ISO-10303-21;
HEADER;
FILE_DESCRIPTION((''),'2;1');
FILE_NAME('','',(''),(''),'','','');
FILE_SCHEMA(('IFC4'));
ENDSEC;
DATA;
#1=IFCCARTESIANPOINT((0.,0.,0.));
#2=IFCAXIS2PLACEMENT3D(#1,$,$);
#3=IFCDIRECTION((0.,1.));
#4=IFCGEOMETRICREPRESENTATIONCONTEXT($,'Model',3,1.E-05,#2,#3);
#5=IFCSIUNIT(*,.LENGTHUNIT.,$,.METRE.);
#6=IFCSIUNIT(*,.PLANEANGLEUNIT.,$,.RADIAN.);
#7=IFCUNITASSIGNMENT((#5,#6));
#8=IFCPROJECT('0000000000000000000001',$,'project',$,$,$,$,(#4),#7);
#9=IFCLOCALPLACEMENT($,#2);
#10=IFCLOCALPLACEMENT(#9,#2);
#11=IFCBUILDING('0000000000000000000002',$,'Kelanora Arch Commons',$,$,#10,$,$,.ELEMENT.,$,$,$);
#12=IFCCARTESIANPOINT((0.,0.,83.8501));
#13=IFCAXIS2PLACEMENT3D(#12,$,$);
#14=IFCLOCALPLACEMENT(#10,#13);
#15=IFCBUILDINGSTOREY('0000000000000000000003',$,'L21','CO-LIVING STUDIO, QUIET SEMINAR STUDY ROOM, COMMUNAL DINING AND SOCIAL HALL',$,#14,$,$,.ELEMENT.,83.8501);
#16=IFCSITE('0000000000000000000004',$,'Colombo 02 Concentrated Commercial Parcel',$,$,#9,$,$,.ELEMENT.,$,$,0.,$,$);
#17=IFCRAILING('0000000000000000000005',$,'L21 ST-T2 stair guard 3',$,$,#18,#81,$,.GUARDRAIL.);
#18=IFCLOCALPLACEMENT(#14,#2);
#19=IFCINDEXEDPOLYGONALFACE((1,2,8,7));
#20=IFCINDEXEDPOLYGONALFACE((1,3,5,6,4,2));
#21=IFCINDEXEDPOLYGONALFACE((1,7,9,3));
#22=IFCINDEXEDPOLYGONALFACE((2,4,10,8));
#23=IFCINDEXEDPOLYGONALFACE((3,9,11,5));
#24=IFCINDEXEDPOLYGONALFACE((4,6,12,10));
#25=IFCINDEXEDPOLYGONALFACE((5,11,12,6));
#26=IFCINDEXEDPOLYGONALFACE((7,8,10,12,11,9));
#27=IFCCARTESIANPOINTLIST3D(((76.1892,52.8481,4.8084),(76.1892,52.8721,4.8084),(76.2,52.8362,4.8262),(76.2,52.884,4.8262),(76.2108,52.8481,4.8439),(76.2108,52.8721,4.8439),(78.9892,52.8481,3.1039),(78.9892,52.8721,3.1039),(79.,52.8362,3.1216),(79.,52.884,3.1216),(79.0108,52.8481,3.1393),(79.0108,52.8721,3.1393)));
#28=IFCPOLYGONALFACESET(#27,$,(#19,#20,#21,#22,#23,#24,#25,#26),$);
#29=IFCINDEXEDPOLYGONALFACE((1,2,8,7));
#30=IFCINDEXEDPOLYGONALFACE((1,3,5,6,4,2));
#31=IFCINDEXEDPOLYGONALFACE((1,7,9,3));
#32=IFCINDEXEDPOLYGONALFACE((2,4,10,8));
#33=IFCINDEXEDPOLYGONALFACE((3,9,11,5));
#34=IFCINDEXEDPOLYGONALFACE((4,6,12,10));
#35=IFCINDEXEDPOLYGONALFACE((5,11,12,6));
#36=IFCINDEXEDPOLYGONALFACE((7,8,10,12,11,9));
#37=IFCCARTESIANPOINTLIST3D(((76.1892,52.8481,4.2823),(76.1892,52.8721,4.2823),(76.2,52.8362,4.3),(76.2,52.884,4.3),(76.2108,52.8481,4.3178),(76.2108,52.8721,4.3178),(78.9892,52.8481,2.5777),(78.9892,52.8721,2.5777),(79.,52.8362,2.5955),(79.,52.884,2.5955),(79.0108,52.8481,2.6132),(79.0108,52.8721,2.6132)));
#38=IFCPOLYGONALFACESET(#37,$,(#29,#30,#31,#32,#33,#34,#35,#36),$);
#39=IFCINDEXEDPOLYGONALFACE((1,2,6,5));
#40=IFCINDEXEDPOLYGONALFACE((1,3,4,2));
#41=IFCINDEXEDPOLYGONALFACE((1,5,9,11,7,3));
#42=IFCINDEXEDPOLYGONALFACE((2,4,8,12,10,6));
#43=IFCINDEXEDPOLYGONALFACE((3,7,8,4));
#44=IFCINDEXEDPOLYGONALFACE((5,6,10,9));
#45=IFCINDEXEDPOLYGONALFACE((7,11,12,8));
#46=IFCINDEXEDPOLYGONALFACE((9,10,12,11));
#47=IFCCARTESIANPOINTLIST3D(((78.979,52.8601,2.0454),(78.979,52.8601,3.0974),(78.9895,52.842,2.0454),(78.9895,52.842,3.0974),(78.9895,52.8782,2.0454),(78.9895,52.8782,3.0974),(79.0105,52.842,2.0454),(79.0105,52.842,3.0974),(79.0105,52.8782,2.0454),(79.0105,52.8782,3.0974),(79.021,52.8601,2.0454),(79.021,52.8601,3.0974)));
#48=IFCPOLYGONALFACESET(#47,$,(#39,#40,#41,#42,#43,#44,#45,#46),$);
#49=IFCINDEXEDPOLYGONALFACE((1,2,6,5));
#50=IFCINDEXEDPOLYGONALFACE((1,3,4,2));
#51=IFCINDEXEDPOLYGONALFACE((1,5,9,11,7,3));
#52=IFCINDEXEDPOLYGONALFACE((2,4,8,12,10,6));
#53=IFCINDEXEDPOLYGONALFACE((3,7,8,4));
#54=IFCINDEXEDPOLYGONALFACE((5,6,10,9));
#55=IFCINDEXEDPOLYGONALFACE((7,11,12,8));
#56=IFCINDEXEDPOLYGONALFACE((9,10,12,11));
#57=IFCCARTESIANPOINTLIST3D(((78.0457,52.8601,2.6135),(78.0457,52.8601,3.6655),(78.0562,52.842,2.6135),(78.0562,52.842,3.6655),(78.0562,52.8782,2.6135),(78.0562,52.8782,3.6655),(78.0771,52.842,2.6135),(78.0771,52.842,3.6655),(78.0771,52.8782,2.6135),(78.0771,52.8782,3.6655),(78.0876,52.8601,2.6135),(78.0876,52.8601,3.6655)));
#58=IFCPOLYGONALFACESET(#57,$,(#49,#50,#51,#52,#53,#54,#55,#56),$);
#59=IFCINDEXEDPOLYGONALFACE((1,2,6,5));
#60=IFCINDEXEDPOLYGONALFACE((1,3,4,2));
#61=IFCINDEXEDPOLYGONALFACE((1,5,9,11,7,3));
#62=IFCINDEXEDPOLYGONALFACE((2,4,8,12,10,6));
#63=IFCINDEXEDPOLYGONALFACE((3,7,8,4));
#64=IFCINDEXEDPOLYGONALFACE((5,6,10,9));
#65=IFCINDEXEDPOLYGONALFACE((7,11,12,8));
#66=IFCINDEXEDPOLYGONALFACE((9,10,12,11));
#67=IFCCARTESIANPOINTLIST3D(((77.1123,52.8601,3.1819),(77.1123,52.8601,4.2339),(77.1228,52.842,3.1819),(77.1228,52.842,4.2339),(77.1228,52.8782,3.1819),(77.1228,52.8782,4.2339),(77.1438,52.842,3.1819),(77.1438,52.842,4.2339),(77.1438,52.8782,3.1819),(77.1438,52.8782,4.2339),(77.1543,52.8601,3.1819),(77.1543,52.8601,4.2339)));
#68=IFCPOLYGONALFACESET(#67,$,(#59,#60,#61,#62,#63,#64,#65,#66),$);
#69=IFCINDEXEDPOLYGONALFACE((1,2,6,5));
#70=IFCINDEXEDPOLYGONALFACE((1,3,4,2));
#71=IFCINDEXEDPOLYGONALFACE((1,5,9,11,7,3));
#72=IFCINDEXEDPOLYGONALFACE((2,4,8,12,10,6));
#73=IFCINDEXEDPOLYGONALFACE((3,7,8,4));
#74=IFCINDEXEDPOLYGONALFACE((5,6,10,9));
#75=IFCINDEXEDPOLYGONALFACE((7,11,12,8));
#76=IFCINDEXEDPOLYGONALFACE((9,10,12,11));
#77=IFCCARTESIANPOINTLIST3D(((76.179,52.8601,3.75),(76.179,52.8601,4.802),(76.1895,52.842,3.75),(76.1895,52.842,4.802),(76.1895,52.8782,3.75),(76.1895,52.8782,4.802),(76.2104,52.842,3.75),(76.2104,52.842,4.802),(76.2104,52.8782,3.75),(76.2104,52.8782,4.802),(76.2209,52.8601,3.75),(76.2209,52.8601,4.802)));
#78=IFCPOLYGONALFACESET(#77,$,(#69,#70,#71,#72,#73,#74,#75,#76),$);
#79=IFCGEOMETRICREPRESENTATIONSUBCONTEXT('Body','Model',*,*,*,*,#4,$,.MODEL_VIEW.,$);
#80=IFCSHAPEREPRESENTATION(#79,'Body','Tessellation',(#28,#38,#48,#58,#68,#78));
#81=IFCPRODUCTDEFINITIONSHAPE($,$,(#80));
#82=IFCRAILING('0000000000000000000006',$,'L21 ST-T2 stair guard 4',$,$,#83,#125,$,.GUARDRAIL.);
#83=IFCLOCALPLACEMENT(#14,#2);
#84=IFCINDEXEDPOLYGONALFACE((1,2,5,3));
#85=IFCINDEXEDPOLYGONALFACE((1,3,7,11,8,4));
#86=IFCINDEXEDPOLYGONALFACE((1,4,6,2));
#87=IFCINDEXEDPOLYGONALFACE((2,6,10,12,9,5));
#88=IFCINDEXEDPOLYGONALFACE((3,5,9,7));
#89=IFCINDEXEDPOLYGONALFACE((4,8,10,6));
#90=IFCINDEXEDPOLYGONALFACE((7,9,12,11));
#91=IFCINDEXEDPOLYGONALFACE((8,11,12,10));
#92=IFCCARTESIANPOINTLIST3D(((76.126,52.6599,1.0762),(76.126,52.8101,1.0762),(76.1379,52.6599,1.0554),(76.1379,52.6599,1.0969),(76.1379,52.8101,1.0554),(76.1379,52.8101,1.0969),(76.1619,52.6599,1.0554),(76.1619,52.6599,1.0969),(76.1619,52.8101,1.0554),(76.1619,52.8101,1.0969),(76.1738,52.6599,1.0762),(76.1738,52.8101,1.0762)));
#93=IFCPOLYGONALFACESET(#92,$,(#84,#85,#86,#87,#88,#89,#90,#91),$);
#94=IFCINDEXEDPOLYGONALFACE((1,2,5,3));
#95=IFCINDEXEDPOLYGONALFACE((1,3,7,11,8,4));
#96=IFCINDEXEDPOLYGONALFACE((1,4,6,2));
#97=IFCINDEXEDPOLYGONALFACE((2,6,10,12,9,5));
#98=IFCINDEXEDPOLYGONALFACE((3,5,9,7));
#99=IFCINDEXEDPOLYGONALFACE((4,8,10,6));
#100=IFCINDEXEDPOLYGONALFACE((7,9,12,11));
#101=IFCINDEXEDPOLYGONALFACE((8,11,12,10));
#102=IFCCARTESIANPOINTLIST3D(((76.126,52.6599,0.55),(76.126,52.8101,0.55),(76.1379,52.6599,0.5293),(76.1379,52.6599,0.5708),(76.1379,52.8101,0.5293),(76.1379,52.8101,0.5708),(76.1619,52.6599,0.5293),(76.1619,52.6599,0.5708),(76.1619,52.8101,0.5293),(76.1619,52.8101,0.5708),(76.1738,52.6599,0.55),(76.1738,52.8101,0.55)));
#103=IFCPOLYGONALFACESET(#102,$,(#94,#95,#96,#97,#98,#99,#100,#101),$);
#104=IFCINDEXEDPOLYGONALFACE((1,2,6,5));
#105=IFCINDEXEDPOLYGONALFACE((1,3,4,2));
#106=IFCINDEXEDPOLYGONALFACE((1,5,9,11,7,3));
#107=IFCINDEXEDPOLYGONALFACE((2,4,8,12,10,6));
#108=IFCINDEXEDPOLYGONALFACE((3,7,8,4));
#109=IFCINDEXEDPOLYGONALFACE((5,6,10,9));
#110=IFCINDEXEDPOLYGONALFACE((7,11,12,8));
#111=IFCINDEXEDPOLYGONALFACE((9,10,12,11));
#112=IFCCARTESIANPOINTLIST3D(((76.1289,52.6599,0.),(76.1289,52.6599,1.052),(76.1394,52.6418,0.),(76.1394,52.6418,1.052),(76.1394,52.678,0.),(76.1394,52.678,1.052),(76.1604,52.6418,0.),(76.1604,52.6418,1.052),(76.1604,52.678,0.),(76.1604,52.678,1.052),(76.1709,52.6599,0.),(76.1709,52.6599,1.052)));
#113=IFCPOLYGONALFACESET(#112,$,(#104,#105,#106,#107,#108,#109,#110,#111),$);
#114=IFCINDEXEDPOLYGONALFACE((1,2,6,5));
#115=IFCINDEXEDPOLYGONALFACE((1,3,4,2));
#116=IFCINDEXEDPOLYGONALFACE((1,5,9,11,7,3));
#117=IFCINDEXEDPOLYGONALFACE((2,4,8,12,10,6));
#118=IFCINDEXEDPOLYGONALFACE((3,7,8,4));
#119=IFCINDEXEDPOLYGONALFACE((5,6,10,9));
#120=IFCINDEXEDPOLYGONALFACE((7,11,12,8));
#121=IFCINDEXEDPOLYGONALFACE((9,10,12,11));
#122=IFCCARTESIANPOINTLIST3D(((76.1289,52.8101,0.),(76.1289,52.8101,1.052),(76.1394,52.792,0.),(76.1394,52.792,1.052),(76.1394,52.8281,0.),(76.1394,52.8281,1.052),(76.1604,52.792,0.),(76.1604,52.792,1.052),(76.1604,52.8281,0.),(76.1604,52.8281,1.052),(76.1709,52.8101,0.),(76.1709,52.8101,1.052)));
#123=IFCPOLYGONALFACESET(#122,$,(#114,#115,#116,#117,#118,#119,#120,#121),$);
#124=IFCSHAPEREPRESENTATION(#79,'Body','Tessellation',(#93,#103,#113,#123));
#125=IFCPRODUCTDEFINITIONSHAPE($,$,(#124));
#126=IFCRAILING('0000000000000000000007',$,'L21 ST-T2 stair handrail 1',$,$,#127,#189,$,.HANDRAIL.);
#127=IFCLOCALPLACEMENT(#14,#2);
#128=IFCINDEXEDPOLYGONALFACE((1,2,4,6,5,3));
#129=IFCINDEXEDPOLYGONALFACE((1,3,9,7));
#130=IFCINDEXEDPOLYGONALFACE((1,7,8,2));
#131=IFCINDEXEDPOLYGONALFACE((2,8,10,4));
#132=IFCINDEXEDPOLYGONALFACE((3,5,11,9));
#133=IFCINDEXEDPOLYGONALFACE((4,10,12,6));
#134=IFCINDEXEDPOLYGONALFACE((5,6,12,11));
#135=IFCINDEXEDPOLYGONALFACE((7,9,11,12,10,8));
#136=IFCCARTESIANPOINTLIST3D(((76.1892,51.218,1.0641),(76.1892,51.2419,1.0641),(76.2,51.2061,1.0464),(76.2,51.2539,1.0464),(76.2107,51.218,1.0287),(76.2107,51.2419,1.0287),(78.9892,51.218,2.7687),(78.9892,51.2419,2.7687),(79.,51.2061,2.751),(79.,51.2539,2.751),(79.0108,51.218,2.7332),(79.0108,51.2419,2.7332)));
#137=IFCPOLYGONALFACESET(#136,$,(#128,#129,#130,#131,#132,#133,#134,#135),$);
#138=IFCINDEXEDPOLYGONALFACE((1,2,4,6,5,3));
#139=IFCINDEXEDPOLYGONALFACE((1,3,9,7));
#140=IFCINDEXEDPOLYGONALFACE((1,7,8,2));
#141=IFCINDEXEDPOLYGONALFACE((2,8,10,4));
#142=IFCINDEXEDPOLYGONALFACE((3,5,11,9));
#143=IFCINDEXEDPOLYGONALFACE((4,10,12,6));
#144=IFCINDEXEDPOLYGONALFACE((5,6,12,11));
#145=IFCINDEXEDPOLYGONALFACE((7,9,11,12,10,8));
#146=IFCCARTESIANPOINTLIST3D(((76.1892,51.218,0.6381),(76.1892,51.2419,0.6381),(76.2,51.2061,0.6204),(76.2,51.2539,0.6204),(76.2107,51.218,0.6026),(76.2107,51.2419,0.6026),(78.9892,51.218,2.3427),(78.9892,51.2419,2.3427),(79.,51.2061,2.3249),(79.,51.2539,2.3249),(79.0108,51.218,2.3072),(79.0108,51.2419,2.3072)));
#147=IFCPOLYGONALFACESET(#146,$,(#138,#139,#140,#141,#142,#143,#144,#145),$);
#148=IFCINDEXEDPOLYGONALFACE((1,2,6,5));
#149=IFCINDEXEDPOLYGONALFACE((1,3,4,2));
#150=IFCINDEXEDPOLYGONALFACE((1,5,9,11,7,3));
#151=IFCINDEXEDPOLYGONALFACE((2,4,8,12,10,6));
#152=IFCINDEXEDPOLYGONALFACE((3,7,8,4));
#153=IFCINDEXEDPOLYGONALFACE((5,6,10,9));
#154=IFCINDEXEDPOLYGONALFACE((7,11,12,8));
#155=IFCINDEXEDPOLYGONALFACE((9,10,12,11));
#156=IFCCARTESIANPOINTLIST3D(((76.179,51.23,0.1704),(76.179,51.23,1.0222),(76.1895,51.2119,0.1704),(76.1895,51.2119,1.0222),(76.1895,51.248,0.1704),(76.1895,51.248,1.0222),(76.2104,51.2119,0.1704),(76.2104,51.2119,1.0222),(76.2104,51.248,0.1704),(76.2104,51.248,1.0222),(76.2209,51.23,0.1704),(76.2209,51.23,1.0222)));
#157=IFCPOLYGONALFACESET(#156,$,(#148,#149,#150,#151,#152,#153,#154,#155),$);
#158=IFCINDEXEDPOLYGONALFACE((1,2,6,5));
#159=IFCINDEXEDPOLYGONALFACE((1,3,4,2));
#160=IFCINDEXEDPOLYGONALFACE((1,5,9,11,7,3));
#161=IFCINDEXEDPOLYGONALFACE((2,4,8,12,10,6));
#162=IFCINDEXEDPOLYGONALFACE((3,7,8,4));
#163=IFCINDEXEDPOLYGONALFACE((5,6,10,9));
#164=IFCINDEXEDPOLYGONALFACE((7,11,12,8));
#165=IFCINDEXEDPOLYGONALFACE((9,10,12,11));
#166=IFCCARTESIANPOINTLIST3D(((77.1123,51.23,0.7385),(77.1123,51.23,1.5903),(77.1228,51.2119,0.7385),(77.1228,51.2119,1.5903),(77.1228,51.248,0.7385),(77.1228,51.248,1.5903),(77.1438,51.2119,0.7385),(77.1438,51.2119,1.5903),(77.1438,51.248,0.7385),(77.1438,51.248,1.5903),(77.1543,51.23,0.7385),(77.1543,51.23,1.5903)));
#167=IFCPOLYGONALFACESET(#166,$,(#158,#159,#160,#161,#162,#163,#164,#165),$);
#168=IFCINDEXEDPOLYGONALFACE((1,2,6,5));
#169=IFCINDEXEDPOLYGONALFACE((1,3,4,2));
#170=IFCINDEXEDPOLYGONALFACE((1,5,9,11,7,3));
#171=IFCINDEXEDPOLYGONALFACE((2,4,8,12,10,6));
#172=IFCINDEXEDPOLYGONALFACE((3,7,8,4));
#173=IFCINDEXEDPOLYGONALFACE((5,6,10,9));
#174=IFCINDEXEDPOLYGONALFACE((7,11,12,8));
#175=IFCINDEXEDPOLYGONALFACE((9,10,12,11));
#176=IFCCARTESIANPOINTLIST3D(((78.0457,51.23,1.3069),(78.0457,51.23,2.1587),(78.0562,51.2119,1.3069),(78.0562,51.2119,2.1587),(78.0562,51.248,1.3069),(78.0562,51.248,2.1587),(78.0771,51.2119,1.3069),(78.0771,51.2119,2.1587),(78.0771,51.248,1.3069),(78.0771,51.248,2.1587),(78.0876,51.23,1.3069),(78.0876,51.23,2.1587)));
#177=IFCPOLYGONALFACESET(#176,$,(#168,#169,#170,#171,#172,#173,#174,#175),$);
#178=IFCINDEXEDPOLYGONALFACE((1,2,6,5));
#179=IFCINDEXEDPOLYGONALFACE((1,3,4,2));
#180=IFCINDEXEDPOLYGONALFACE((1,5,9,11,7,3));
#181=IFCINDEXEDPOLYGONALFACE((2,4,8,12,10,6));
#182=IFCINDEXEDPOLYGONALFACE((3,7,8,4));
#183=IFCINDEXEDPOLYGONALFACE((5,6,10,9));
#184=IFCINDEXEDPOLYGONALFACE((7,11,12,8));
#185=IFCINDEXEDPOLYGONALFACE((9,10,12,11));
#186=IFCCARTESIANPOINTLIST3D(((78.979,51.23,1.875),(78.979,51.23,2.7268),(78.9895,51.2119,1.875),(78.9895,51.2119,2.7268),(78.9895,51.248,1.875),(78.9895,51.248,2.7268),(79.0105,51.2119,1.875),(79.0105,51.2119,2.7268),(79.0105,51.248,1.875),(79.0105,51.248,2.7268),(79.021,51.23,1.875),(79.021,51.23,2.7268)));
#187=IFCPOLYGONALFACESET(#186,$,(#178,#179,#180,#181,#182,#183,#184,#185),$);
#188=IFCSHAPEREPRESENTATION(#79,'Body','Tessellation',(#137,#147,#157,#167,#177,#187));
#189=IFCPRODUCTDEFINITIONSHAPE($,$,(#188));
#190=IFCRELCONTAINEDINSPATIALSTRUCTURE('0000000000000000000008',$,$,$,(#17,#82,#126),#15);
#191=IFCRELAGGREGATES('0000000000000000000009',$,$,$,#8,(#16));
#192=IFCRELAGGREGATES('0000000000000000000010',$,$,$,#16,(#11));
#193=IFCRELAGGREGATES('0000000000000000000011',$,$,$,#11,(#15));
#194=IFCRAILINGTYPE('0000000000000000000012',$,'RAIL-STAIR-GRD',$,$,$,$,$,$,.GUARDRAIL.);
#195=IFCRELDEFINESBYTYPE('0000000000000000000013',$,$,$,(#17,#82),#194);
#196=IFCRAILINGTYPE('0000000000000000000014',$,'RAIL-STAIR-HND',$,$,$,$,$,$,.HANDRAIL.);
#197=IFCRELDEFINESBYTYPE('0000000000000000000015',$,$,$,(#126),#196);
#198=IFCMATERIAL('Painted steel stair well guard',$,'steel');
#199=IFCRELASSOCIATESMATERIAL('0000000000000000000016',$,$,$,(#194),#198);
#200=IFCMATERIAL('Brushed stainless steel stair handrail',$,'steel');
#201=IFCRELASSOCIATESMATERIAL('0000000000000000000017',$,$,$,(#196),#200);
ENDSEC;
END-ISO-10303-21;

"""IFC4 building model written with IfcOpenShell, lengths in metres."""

from ifc_helpers import new_model, si_unit, direction, frame, origin, place, context, subcontext, project, spatial, polyline, outline, extrude, material, type_object, element, save


model = new_model("IFC4")

# Units and contexts
model_context = context("Model", 3, precision=1e-05, world=origin(), true_north=direction((0.0, 1.0)))
body_context = subcontext(model_context, "Body", "Model", "MODEL_VIEW")
ifc_project = project(units=[si_unit("LENGTHUNIT", "METRE"), si_unit("PLANEANGLEUNIT", "RADIAN")], contexts=[model_context])

# Site, building, storey
site_placement = place(None, origin())
site = spatial("IfcSite", under=ifc_project, at=site_placement, Name="Colombo 02 Concentrated Commercial Parcel", CompositionType="ELEMENT", RefElevation=0.0)
building_placement = place(site_placement, origin())
building = spatial("IfcBuilding", under=site, at=building_placement, Name="Kelanora Arch Commons", CompositionType="ELEMENT")
storey_placement = place(building_placement, frame((0.0, 0.0, 83.8501)))
storey = spatial("IfcBuildingStorey", under=building, at=storey_placement, Name="L21", Description="CO-LIVING STUDIO, QUIET SEMINAR STUDY ROOM, COMMUNAL DINING AND SOCIAL HALL", CompositionType="ELEMENT", Elevation=83.8501)

# Railings
ifc_material_1 = material(Name="Painted steel stair well guard", Category="steel")
railing_type_1 = type_object("IfcRailingType", Name="RAIL-STAIR-GRD", PredefinedType="GUARDRAIL", material=ifc_material_1)
railing_1_placement = place(storey_placement, frame((79.0, 52.8601, 2.0454)))
element("IfcRailing", 1, at=railing_1_placement, inside=storey, type_object=railing_type_1, Name="L21 ST-T2 stair guard 3", PredefinedType="GUARDRAIL", context=body_context, shape_type="SweptSolid", body=[
    extrude(outline(polyline([(0.0239, 0.0), (0.012, 0.0208), (-0.012, 0.0208), (-0.0239, 0.0), (-0.012, -0.0208), (0.012, -0.0208), (0.0239, 0.0)])), frame((0.0, 0.0, 1.0762), z_axis=(-0.85417, 0.0, 0.519994), x_axis=(0.0, -1.0, 0.0)), (0.0, 0.0, 1.0), 3.2781),
    extrude(outline(polyline([(0.0239, 0.0), (0.012, 0.0208), (-0.012, 0.0208), (-0.0239, 0.0), (-0.012, -0.0208), (0.012, -0.0208), (0.0239, 0.0)])), frame((0.0, 0.0, 0.55), z_axis=(-0.85417, 0.0, 0.519994), x_axis=(0.0, -1.0, 0.0)), (0.0, 0.0, 1.0), 3.2781),
    extrude(outline(polyline([(0.021, 0.0), (0.0105, 0.0181), (-0.0105, 0.0181), (-0.021, 0.0), (-0.0105, -0.0181), (0.0105, -0.0181), (0.021, 0.0)])), origin(), (0.0, 0.0, 1.0), 1.052),
    extrude(outline(polyline([(0.021, 0.0), (0.0105, 0.0181), (-0.0105, 0.0181), (-0.021, 0.0), (-0.0105, -0.0181), (0.0105, -0.0181), (0.021, 0.0)])), frame((-0.9333, 0.0, 0.5681)), (0.0, 0.0, 1.0), 1.052),
    extrude(outline(polyline([(0.021, 0.0), (0.0105, 0.0181), (-0.0105, 0.0181), (-0.021, 0.0), (-0.0105, -0.0181), (0.0105, -0.0181), (0.021, 0.0)])), frame((-1.8667, 0.0, 1.1365)), (0.0, 0.0, 1.0), 1.052),
    extrude(outline(polyline([(0.021, 0.0), (0.0105, 0.0181), (-0.0105, 0.0181), (-0.021, 0.0), (-0.0105, -0.0181), (0.0105, -0.0181), (0.021, 0.0)])), frame((-2.8, 0.0, 1.7046)), (0.0, 0.0, 1.0), 1.052),
])
railing_2_placement = place(storey_placement, frame((76.1499, 52.6599, 0.0)))
element("IfcRailing", 2, at=railing_2_placement, inside=storey, type_object=railing_type_1, Name="L21 ST-T2 stair guard 4", PredefinedType="GUARDRAIL", context=body_context, shape_type="SweptSolid", body=[
    extrude(outline(polyline([(0.0239, 0.0), (0.012, 0.0208), (-0.012, 0.0208), (-0.0239, 0.0), (-0.012, -0.0208), (0.012, -0.0208), (0.0239, 0.0)])), frame((0.0, 0.0, 1.0762), z_axis=(0.0, 1.0, 0.0), x_axis=(-1.0, 0.0, 0.0)), (0.0, 0.0, 1.0), 0.1501),
    extrude(outline(polyline([(0.0239, 0.0), (0.012, 0.0208), (-0.012, 0.0208), (-0.0239, 0.0), (-0.012, -0.0208), (0.012, -0.0208), (0.0239, 0.0)])), frame((0.0, 0.0, 0.55), z_axis=(0.0, 1.0, 0.0), x_axis=(-1.0, 0.0, 0.0)), (0.0, 0.0, 1.0), 0.1501),
    extrude(outline(polyline([(0.021, 0.0), (0.0105, 0.0181), (-0.0105, 0.0181), (-0.021, 0.0), (-0.0105, -0.0181), (0.0105, -0.0181), (0.021, 0.0)])), origin(), (0.0, 0.0, 1.0), 1.052),
    extrude(outline(polyline([(0.021, 0.0), (0.0105, 0.0181), (-0.0105, 0.0181), (-0.021, 0.0), (-0.0105, -0.0181), (0.0105, -0.0181), (0.021, 0.0)])), frame((0.0, 0.1501, 0.0)), (0.0, 0.0, 1.0), 1.052),
])
ifc_material_2 = material(Name="Brushed stainless steel stair handrail", Category="steel")
railing_type_2 = type_object("IfcRailingType", Name="RAIL-STAIR-HND", PredefinedType="HANDRAIL", material=ifc_material_2)
railing_3_placement = place(storey_placement, frame((76.2, 51.23, 0.1704)))
element("IfcRailing", 3, at=railing_3_placement, inside=storey, type_object=railing_type_2, Name="L21 ST-T2 stair handrail 1", PredefinedType="HANDRAIL", context=body_context, shape_type="SweptSolid", body=[
    extrude(outline(polyline([(0.0239, 0.0), (0.012, 0.0208), (-0.012, 0.0208), (-0.0239, 0.0), (-0.012, -0.0208), (0.012, -0.0208), (0.0239, 0.0)])), frame((0.0, 0.0, 0.876), z_axis=(0.85417, 0.0, 0.519994), x_axis=(0.0, 1.0, 0.0)), (0.0, 0.0, 1.0), 3.2781),
    extrude(outline(polyline([(0.0239, 0.0), (0.012, 0.0208), (-0.012, 0.0208), (-0.0239, 0.0), (-0.012, -0.0208), (0.012, -0.0208), (0.0239, 0.0)])), frame((0.0, 0.0, 0.45), z_axis=(0.85417, 0.0, 0.519994), x_axis=(0.0, 1.0, 0.0)), (0.0, 0.0, 1.0), 3.2781),
    extrude(outline(polyline([(0.021, 0.0), (0.0105, 0.0181), (-0.0105, 0.0181), (-0.021, 0.0), (-0.0105, -0.0181), (0.0105, -0.0181), (0.021, 0.0)])), origin(), (0.0, 0.0, 1.0), 0.8518),
    extrude(outline(polyline([(0.021, 0.0), (0.0105, 0.0181), (-0.0105, 0.0181), (-0.021, 0.0), (-0.0105, -0.0181), (0.0105, -0.0181), (0.021, 0.0)])), frame((0.9333, 0.0, 0.5681)), (0.0, 0.0, 1.0), 0.8518),
    extrude(outline(polyline([(0.021, 0.0), (0.0105, 0.0181), (-0.0105, 0.0181), (-0.021, 0.0), (-0.0105, -0.0181), (0.0105, -0.0181), (0.021, 0.0)])), frame((1.8667, 0.0, 1.1365)), (0.0, 0.0, 1.0), 0.8518),
    extrude(outline(polyline([(0.021, 0.0), (0.0105, 0.0181), (-0.0105, 0.0181), (-0.021, 0.0), (-0.0105, -0.0181), (0.0105, -0.0181), (0.021, 0.0)])), frame((2.8, 0.0, 1.7046)), (0.0, 0.0, 1.0), 0.8518),
])

save(model, "model.ifc")
